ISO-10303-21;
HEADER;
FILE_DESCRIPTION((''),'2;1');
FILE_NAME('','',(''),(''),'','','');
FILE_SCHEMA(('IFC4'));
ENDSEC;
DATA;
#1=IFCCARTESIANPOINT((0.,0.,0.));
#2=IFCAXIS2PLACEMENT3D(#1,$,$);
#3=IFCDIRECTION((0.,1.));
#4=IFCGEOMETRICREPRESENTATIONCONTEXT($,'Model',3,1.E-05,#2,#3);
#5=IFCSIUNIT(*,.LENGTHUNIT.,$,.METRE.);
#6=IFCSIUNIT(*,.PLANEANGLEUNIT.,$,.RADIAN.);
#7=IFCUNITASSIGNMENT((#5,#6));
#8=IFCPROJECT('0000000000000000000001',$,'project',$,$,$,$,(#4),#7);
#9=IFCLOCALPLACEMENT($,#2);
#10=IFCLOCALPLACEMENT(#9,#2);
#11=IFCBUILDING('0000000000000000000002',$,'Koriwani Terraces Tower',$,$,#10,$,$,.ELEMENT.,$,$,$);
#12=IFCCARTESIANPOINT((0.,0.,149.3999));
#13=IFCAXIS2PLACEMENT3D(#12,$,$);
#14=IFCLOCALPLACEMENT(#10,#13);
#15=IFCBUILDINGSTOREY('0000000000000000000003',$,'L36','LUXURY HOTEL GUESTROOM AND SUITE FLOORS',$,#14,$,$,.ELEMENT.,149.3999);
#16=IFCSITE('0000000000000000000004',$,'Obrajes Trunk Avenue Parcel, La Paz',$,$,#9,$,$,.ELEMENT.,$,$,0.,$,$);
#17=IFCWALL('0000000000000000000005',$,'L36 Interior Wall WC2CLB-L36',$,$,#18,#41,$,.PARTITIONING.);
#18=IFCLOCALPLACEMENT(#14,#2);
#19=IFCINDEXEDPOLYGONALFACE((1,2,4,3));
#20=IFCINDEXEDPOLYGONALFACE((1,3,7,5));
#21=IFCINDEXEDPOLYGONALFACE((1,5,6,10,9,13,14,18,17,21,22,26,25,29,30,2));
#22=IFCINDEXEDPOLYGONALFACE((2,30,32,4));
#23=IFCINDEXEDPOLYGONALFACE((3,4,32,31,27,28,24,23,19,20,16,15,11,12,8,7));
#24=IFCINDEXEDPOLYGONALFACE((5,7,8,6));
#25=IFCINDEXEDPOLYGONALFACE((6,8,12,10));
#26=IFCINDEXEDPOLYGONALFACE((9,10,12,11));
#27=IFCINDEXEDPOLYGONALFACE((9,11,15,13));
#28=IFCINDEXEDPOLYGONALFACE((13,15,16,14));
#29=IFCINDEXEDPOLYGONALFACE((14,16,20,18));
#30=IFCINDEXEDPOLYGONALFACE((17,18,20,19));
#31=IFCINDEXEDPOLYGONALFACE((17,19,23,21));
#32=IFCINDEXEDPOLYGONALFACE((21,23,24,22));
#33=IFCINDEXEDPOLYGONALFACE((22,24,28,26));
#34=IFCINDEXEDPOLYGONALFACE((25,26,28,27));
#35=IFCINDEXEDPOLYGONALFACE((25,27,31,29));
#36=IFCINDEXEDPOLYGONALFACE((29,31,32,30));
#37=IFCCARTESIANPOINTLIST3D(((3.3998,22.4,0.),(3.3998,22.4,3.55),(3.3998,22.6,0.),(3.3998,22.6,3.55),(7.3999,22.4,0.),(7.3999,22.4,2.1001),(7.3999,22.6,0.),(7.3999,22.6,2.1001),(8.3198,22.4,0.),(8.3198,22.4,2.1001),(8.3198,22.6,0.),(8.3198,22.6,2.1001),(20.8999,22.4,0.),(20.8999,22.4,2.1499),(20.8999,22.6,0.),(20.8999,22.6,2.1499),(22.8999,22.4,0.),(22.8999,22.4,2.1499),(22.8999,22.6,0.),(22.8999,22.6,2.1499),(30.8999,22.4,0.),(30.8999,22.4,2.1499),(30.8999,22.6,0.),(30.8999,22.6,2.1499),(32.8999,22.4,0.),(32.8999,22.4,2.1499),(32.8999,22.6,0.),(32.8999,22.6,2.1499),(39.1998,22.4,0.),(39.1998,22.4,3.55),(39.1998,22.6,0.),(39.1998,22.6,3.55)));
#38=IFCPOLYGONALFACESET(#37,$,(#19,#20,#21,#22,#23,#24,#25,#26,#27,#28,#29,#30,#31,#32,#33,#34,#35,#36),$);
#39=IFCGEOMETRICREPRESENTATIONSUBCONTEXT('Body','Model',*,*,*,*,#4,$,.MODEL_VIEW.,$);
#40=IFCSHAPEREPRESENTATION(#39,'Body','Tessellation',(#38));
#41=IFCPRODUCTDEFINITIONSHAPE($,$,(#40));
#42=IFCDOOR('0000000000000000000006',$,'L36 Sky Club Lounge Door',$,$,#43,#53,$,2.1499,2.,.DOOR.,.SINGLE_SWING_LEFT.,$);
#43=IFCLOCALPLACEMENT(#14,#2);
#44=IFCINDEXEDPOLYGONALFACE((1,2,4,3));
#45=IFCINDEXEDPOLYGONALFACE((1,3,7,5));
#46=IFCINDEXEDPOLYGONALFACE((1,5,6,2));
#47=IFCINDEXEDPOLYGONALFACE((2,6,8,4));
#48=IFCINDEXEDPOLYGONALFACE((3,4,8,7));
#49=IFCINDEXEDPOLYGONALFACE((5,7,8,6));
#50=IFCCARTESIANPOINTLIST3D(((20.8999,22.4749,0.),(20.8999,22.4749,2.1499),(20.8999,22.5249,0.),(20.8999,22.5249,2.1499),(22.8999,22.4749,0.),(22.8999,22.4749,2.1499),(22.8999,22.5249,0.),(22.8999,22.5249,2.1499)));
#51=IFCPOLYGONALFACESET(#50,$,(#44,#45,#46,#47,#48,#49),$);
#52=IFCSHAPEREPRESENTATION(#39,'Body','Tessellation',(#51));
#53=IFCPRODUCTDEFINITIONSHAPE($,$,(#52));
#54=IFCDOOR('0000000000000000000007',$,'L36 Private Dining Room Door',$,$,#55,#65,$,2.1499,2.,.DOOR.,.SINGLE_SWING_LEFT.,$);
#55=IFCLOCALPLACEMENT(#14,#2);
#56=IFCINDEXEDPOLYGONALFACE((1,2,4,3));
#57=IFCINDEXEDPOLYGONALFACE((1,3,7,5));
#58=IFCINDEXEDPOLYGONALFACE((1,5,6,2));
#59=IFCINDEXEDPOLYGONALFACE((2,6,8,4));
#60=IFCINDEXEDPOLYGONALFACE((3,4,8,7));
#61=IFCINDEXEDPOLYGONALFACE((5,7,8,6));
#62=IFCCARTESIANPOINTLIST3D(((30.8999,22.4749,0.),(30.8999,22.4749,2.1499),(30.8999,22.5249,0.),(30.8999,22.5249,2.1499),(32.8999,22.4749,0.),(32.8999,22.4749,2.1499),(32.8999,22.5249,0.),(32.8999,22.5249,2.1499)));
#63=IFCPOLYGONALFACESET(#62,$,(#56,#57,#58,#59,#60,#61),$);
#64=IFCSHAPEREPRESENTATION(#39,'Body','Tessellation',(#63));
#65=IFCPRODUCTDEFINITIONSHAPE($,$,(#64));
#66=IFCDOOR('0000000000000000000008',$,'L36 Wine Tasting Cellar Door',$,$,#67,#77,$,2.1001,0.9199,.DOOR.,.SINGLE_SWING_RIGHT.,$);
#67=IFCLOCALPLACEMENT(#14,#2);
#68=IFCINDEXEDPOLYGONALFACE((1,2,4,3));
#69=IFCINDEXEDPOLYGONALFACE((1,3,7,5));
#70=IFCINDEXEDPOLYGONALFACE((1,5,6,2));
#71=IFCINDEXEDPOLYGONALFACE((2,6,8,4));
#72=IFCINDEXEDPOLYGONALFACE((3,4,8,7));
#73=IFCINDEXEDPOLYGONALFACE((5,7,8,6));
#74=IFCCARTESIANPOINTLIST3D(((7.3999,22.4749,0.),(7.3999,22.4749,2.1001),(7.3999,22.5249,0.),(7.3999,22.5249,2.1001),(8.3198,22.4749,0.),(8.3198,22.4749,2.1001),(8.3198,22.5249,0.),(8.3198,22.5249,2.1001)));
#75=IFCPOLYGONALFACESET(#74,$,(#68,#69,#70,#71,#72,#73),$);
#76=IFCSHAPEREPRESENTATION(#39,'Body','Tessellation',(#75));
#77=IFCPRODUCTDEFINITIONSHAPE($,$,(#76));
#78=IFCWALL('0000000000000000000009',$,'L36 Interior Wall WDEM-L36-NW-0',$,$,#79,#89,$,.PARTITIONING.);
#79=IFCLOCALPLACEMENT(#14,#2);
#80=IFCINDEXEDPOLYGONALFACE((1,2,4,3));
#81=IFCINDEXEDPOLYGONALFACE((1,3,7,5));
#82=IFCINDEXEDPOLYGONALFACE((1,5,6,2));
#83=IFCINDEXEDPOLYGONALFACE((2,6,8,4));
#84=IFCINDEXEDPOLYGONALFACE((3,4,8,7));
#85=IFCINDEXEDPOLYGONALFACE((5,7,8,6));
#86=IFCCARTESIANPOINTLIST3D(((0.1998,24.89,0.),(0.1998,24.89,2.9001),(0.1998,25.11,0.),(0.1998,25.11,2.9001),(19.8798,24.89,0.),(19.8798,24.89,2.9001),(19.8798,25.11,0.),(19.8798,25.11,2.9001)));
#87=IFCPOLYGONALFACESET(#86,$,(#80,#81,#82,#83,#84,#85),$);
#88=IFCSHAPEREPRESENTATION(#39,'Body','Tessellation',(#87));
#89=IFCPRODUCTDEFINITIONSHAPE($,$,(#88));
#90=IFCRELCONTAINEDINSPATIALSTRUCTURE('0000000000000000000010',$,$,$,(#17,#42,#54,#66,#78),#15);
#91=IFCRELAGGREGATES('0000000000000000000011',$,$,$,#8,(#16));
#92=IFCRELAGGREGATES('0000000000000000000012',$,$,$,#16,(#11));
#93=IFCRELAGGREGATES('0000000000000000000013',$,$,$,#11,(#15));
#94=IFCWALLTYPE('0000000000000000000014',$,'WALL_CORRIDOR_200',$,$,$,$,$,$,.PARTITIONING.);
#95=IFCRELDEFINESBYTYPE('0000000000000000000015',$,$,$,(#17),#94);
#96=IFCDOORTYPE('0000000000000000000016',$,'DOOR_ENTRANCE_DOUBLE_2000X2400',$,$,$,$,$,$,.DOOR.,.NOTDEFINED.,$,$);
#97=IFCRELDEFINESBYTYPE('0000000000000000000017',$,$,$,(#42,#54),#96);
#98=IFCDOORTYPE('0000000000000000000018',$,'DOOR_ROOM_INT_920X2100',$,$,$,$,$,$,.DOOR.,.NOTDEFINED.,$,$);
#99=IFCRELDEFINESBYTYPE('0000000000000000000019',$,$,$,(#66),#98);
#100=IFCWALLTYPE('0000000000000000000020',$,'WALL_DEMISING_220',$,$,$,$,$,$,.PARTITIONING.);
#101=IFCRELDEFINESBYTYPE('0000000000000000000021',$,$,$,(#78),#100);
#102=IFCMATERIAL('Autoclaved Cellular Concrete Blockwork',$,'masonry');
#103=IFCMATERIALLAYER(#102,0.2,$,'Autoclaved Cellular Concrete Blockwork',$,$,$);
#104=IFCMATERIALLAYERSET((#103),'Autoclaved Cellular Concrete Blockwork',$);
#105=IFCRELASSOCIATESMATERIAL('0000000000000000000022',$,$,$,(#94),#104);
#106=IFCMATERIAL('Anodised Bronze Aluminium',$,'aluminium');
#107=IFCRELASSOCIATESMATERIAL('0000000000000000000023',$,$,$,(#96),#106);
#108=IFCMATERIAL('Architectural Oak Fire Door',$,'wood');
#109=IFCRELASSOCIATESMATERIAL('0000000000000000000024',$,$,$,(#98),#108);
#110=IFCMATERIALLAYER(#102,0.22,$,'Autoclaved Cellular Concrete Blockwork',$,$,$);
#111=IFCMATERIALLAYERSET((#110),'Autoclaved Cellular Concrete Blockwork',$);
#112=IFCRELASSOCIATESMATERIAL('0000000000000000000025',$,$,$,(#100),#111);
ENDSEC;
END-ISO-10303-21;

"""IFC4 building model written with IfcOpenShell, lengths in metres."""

from ifc_helpers import new_model, si_unit, direction, frame, frame_2d, origin, place, context, subcontext, project, spatial, rectangle, extrude, material, layer, layer_set, type_object, element, fill, save


model = new_model("IFC4")

# Units and contexts
model_context = context("Model", 3, precision=1e-05, world=origin(), true_north=direction((0.0, 1.0)))
body_context = subcontext(model_context, "Body", "Model", "MODEL_VIEW")
ifc_project = project(units=[si_unit("LENGTHUNIT", "METRE"), si_unit("PLANEANGLEUNIT", "RADIAN")], contexts=[model_context])

# Site, building, storey
site_placement = place(None, origin())
site = spatial("IfcSite", under=ifc_project, at=site_placement, Name="Obrajes Trunk Avenue Parcel, La Paz", CompositionType="ELEMENT", RefElevation=0.0)
building_placement = place(site_placement, origin())
building = spatial("IfcBuilding", under=site, at=building_placement, Name="Koriwani Terraces Tower", CompositionType="ELEMENT")
storey_placement = place(building_placement, frame((0.0, 0.0, 149.3999)))
storey = spatial("IfcBuildingStorey", under=building, at=storey_placement, Name="L36", Description="LUXURY HOTEL GUESTROOM AND SUITE FLOORS", CompositionType="ELEMENT", Elevation=149.3999)

# Wall, openings, doors
ifc_material_1 = material(Name="Autoclaved Cellular Concrete Blockwork", Category="masonry")
ifc_layer_1 = layer(ifc_material_1, 0.2, Name="Autoclaved Cellular Concrete Blockwork")
ifc_layer_set_1 = layer_set([ifc_layer_1], Name="Autoclaved Cellular Concrete Blockwork")
wall_type_1 = type_object("IfcWallType", Name="WALL_CORRIDOR_200", PredefinedType="PARTITIONING", material=ifc_layer_set_1)
wall_1_placement = place(storey_placement, frame((3.3999, 22.5, 0.0), z_axis=(0.0, 0.0, 1.0), x_axis=(1.0, 0.0, 0.0)))
wall_1 = element("IfcWall", 1, at=wall_1_placement, inside=storey, type_object=wall_type_1, Name="L36 Interior Wall WC2CLB-L36", PredefinedType="PARTITIONING", context=body_context, shape_type="SweptSolid", body=[
    extrude(rectangle(XDim=35.8, YDim=0.2, at=frame_2d((17.8999, 0.0))), origin(), (0.0, 0.0, 1.0), 3.55),
])
opening_1_placement = place(wall_1_placement, frame((4.0, 0.0, 0.0)))
opening_1 = element("IfcOpeningElement", 2, at=opening_1_placement, cuts=wall_1, PredefinedType="OPENING", context=body_context, shape_type="SweptSolid", body=[
    extrude(rectangle(XDim=0.9199, YDim=2.1001, at=frame_2d((0.46, 1.05))), frame((0.0, 0.1099, 0.0), z_axis=(0.0, -1.0, 0.0), x_axis=(1.0, 0.0, 0.0)), (0.0, 0.0, 1.0), 0.22),
])
opening_2_placement = place(wall_1_placement, frame((17.5, 0.0, 0.0)))
opening_2 = element("IfcOpeningElement", 3, at=opening_2_placement, cuts=wall_1, PredefinedType="OPENING", context=body_context, shape_type="SweptSolid", body=[
    extrude(rectangle(XDim=2.0, YDim=2.1499, at=frame_2d((1.0, 1.075))), frame((0.0, 0.1099, 0.0), z_axis=(0.0, -1.0, 0.0), x_axis=(1.0, 0.0, 0.0)), (0.0, 0.0, 1.0), 0.22),
])
opening_3_placement = place(wall_1_placement, frame((27.5, 0.0, 0.0)))
opening_3 = element("IfcOpeningElement", 4, at=opening_3_placement, cuts=wall_1, PredefinedType="OPENING", context=body_context, shape_type="SweptSolid", body=[
    extrude(rectangle(XDim=2.0, YDim=2.1499, at=frame_2d((1.0, 1.075))), frame((0.0, 0.1099, 0.0), z_axis=(0.0, -1.0, 0.0), x_axis=(1.0, 0.0, 0.0)), (0.0, 0.0, 1.0), 0.22),
])
ifc_material_2 = material(Name="Anodised Bronze Aluminium", Category="aluminium")
door_type_1 = type_object("IfcDoorType", Name="DOOR_ENTRANCE_DOUBLE_2000X2400", OperationType="NOTDEFINED", PredefinedType="DOOR", material=ifc_material_2)
door_1_placement = place(opening_2_placement, origin())
door_1 = element("IfcDoor", 5, at=door_1_placement, inside=storey, type_object=door_type_1, Name="L36 Sky Club Lounge Door", OperationType="SINGLE_SWING_LEFT", OverallHeight=2.1499, OverallWidth=2.0, PredefinedType="DOOR", context=body_context, shape_type="SweptSolid", body=[
    extrude(rectangle(XDim=2.0, YDim=2.1499, at=frame_2d((1.0, 1.075))), frame((0.0, 0.0249, 0.0), z_axis=(0.0, -1.0, 0.0), x_axis=(1.0, 0.0, 0.0)), (0.0, 0.0, 1.0), 0.05),
])
fill(opening_2, door_1)
door_2_placement = place(opening_3_placement, origin())
door_2 = element("IfcDoor", 6, at=door_2_placement, inside=storey, type_object=door_type_1, Name="L36 Private Dining Room Door", OperationType="SINGLE_SWING_LEFT", OverallHeight=2.1499, OverallWidth=2.0, PredefinedType="DOOR", context=body_context, shape_type="SweptSolid", body=[
    extrude(rectangle(XDim=2.0, YDim=2.1499, at=frame_2d((1.0, 1.075))), frame((0.0, 0.0249, 0.0), z_axis=(0.0, -1.0, 0.0), x_axis=(1.0, 0.0, 0.0)), (0.0, 0.0, 1.0), 0.05),
])
fill(opening_3, door_2)
ifc_material_3 = material(Name="Architectural Oak Fire Door", Category="wood")
door_type_2 = type_object("IfcDoorType", Name="DOOR_ROOM_INT_920X2100", OperationType="NOTDEFINED", PredefinedType="DOOR", material=ifc_material_3)
door_3_placement = place(opening_1_placement, origin())
door_3 = element("IfcDoor", 7, at=door_3_placement, inside=storey, type_object=door_type_2, Name="L36 Wine Tasting Cellar Door", OperationType="SINGLE_SWING_RIGHT", OverallHeight=2.1001, OverallWidth=0.9199, PredefinedType="DOOR", context=body_context, shape_type="SweptSolid", body=[
    extrude(rectangle(XDim=0.9199, YDim=2.1001, at=frame_2d((0.46, 1.05))), frame((0.0, 0.0249, 0.0), z_axis=(0.0, -1.0, 0.0), x_axis=(1.0, 0.0, 0.0)), (0.0, 0.0, 1.0), 0.05),
])
fill(opening_1, door_3)

# Wall
ifc_layer_2 = layer(ifc_material_1, 0.22, Name="Autoclaved Cellular Concrete Blockwork")
ifc_layer_set_2 = layer_set([ifc_layer_2], Name="Autoclaved Cellular Concrete Blockwork")
wall_type_2 = type_object("IfcWallType", Name="WALL_DEMISING_220", PredefinedType="PARTITIONING", material=ifc_layer_set_2)
wall_2_placement = place(storey_placement, frame((0.2, 25.0, 0.0), z_axis=(0.0, 0.0, 1.0), x_axis=(1.0, 0.0, 0.0)))
element("IfcWall", 8, at=wall_2_placement, inside=storey, type_object=wall_type_2, Name="L36 Interior Wall WDEM-L36-NW-0", PredefinedType="PARTITIONING", context=body_context, shape_type="SweptSolid", body=[
    extrude(rectangle(XDim=19.6799, YDim=0.22, at=frame_2d((9.8398, 0.0))), origin(), (0.0, 0.0, 1.0), 2.9001),
])

save(model, "model.ifc")
